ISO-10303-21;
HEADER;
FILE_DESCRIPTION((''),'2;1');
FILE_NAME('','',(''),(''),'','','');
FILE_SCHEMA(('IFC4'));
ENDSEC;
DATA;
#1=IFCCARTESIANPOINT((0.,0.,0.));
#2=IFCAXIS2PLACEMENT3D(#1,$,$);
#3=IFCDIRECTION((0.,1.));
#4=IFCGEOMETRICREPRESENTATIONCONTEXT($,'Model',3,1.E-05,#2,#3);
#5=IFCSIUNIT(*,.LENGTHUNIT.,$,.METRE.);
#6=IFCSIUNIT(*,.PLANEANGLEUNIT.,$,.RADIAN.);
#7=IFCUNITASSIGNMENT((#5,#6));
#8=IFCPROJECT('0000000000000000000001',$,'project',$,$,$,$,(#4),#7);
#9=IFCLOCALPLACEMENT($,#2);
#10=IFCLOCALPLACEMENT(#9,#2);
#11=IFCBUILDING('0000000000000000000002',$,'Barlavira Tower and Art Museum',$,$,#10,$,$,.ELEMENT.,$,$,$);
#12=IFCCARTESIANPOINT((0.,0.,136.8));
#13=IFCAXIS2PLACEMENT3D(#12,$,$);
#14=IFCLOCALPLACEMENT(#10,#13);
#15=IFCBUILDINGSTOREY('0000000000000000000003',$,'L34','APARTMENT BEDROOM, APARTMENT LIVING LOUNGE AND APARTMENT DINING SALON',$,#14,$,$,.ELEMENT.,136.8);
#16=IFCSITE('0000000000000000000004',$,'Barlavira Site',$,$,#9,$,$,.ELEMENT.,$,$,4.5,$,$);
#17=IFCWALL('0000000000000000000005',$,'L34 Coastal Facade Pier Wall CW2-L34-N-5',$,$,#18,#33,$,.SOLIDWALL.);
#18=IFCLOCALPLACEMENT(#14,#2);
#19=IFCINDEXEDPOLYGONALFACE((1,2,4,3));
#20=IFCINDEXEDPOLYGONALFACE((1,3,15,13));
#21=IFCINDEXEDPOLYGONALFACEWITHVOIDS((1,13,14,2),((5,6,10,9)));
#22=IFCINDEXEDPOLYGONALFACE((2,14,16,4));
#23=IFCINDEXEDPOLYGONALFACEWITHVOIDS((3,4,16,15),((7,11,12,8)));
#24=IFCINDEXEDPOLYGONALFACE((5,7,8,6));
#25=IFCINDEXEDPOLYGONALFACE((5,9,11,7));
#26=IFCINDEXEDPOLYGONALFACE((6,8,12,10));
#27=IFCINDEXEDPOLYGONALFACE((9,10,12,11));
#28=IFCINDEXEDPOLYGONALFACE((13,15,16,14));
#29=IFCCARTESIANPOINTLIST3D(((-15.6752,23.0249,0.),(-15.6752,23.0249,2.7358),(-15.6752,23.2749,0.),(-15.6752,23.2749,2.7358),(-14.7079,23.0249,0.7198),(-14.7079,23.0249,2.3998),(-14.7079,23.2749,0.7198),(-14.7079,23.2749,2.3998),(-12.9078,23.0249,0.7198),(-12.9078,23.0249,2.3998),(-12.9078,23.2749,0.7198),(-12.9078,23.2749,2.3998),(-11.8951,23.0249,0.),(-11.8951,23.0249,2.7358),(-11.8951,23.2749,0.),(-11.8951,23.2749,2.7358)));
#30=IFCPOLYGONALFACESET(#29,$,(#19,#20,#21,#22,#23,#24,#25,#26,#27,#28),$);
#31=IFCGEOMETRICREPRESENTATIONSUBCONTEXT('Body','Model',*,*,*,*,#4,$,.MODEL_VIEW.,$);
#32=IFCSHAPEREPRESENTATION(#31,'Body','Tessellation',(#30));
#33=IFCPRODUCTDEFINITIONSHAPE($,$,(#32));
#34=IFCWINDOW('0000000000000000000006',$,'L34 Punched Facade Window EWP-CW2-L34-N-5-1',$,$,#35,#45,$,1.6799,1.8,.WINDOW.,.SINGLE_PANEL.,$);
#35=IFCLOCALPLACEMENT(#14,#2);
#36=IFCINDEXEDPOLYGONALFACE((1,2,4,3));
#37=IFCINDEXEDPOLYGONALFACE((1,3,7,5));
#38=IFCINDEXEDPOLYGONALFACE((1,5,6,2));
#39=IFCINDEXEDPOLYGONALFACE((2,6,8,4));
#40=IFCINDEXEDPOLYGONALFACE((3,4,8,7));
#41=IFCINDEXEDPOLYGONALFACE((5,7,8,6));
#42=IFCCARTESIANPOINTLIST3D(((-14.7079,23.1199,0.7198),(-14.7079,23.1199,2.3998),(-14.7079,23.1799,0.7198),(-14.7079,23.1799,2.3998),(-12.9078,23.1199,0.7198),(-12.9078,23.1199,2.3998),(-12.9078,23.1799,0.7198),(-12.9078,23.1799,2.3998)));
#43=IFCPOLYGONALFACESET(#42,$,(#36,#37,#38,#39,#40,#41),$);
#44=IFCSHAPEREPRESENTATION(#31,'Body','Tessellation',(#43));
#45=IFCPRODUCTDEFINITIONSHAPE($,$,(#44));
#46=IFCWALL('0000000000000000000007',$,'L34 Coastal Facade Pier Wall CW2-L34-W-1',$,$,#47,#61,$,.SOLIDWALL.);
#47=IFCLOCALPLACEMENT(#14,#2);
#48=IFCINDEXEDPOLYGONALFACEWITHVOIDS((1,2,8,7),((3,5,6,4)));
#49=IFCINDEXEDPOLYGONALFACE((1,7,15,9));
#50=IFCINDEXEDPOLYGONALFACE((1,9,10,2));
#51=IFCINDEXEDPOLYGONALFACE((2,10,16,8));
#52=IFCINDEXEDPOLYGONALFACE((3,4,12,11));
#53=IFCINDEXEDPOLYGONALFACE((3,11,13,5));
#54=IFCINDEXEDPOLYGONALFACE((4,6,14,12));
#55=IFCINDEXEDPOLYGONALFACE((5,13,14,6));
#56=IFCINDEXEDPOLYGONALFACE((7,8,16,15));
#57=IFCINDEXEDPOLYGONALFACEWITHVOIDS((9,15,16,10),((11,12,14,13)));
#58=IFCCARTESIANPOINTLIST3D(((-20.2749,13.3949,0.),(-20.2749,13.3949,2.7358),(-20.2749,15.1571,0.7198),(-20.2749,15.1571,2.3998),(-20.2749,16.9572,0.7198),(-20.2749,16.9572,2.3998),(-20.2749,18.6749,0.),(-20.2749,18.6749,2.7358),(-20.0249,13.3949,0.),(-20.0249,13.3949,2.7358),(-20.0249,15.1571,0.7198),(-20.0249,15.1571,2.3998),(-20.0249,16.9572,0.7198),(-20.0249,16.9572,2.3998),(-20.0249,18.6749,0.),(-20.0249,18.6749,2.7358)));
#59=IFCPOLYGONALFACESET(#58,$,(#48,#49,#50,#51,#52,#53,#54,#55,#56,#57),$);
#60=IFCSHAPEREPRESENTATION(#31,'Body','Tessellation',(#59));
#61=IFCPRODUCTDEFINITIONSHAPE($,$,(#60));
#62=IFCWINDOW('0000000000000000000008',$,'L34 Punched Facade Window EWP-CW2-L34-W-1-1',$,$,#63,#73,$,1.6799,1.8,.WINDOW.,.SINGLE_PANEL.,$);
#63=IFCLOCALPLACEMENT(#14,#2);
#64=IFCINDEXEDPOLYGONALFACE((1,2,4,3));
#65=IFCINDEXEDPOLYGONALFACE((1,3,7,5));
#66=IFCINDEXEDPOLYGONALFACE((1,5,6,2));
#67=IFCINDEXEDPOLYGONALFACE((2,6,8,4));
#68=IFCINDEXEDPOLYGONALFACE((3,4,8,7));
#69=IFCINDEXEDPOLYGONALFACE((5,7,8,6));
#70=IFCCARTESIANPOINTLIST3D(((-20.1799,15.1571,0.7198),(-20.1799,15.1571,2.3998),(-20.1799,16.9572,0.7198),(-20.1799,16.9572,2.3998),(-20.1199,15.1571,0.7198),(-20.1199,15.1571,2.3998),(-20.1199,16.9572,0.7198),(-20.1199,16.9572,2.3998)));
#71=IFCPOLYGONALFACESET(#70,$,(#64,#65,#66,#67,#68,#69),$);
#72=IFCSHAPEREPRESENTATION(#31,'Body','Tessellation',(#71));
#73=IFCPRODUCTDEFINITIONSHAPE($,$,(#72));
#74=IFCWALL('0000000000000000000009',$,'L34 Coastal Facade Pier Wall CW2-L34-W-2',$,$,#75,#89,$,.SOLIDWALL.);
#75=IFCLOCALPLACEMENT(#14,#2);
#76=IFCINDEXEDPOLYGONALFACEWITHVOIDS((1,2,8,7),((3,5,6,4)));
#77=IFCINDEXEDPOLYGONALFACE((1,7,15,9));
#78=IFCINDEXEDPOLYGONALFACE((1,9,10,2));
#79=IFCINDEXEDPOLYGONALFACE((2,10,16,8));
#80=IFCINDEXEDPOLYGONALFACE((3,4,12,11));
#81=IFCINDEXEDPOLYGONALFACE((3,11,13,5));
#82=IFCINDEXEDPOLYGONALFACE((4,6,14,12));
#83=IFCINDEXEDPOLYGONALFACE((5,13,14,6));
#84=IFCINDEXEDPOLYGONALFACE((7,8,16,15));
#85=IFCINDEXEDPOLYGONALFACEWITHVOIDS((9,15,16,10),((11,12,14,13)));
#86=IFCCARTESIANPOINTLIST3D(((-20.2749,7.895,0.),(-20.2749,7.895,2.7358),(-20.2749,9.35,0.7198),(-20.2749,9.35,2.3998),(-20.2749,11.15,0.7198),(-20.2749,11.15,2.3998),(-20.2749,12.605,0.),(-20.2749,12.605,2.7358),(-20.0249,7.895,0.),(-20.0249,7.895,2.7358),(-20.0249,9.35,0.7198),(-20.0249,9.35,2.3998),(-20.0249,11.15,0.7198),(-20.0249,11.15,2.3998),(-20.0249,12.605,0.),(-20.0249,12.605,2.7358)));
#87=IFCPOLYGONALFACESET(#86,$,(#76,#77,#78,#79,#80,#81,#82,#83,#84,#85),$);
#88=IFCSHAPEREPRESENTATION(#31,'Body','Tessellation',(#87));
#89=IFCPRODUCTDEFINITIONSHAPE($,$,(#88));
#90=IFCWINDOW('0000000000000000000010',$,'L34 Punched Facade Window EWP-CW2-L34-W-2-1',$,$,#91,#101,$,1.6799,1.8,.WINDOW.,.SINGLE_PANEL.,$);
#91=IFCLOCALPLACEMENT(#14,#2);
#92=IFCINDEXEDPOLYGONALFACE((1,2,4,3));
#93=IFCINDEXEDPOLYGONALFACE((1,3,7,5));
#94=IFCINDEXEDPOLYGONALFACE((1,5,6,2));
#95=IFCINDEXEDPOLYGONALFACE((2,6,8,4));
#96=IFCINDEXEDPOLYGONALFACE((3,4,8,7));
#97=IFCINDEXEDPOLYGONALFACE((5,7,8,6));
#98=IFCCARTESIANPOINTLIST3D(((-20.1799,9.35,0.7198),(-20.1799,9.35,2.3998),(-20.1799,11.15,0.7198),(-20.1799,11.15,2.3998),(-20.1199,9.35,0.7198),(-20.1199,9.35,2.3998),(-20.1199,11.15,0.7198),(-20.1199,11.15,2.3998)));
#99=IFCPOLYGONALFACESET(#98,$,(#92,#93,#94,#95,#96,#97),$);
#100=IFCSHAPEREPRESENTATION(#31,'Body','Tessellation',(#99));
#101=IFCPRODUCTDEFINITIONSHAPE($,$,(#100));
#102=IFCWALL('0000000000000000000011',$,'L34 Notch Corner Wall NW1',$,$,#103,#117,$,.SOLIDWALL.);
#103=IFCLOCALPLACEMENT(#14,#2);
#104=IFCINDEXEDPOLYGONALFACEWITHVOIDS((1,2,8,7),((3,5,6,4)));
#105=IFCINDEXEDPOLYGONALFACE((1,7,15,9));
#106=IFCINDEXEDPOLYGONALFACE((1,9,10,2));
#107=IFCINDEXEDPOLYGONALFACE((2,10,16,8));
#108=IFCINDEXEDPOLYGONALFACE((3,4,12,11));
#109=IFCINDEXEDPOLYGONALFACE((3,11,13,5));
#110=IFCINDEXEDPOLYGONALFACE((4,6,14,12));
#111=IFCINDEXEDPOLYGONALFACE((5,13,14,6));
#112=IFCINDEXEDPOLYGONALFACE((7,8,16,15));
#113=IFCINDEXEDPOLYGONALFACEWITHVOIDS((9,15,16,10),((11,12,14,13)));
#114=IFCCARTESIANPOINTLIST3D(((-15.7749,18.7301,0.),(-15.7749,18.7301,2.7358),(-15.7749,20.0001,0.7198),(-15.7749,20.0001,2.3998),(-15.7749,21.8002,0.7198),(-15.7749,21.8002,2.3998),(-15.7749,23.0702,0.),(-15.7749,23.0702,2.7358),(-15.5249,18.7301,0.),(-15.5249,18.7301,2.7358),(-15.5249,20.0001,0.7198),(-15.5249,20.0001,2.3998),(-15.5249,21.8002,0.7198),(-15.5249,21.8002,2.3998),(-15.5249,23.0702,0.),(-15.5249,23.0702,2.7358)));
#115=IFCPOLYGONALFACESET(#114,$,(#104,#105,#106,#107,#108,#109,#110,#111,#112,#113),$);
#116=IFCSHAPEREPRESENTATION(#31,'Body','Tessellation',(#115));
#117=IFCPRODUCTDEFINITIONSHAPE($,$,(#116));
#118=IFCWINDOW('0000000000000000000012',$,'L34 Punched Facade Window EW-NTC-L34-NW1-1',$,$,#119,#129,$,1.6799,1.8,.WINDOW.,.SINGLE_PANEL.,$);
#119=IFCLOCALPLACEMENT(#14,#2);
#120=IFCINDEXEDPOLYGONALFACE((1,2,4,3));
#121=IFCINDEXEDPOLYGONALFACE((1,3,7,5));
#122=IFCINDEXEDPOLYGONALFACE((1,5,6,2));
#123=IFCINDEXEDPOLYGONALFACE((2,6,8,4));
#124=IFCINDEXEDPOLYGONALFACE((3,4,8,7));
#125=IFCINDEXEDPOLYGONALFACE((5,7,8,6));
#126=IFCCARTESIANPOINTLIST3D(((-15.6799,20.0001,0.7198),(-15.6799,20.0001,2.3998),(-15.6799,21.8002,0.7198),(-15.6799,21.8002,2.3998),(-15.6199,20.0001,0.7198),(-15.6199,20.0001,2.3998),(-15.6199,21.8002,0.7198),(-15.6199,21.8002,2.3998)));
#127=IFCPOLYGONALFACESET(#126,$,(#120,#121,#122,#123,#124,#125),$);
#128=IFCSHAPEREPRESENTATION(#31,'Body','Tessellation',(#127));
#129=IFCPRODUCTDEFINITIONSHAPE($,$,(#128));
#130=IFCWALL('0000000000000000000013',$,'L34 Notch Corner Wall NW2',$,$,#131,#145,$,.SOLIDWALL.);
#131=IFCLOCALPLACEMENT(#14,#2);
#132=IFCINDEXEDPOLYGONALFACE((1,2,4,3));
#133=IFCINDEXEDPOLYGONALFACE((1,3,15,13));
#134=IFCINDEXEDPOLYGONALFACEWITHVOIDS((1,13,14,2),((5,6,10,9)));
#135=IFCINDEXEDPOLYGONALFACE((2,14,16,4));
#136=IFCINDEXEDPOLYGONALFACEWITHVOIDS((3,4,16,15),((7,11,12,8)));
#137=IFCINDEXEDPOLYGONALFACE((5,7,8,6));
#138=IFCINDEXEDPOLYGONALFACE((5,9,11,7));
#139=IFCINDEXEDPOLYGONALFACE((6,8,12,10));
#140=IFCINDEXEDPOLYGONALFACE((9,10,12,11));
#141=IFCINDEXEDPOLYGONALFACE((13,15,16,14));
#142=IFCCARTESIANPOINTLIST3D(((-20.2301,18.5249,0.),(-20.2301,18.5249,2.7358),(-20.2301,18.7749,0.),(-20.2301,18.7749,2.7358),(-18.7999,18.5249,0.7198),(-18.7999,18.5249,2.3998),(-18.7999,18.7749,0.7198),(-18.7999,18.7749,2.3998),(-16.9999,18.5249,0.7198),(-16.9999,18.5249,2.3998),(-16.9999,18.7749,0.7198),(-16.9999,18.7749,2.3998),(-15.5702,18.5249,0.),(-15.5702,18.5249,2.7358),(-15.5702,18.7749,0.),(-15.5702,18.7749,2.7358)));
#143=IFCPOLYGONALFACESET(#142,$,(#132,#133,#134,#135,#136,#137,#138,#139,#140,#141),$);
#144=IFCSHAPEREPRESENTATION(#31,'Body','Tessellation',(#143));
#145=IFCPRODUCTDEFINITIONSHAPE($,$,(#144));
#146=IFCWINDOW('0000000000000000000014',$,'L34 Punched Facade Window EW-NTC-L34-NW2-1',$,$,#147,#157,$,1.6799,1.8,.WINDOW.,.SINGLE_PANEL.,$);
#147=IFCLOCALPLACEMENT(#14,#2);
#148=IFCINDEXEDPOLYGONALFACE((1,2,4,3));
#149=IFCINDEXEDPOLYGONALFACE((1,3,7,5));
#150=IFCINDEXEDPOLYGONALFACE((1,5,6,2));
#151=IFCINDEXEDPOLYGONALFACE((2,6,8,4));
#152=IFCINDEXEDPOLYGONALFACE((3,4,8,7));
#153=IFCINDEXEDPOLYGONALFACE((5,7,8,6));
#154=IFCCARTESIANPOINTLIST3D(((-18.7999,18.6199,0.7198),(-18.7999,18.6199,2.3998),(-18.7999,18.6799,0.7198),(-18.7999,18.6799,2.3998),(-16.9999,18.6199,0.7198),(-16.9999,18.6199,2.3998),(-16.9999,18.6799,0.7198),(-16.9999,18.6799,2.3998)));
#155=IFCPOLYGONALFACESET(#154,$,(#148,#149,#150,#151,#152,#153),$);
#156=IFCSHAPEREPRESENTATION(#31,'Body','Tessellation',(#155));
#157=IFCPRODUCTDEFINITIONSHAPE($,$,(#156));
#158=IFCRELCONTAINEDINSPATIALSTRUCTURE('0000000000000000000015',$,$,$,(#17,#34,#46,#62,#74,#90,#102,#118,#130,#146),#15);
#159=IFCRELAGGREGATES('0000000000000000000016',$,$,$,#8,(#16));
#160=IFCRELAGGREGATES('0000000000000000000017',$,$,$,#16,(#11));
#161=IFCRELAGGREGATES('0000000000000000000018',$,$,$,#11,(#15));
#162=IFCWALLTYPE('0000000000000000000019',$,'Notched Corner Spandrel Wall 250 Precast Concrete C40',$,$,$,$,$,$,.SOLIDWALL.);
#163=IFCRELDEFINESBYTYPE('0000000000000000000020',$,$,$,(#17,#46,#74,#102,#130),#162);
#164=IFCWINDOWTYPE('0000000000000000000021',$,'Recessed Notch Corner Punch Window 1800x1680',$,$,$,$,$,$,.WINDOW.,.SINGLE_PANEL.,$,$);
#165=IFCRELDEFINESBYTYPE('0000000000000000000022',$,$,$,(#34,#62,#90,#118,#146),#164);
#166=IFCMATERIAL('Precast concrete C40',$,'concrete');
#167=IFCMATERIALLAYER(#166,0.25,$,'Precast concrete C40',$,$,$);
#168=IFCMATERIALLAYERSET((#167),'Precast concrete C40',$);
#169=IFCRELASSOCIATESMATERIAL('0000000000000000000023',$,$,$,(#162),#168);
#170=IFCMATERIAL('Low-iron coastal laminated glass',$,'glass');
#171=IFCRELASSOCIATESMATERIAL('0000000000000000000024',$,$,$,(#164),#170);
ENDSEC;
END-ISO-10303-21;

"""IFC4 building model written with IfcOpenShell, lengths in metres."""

from ifc_helpers import new_model, si_unit, direction, frame, frame_2d, origin, place, context, subcontext, project, spatial, rectangle, extrude, material, layer, layer_set, type_object, element, fill, save


model = new_model("IFC4")

# Units and contexts
model_context = context("Model", 3, precision=1e-05, world=origin(), true_north=direction((0.0, 1.0)))
body_context = subcontext(model_context, "Body", "Model", "MODEL_VIEW")
ifc_project = project(units=[si_unit("LENGTHUNIT", "METRE"), si_unit("PLANEANGLEUNIT", "RADIAN")], contexts=[model_context])

# Site, building, storey
site_placement = place(None, origin())
site = spatial("IfcSite", under=ifc_project, at=site_placement, Name="Barlavira Site", CompositionType="ELEMENT", RefElevation=4.5)
building_placement = place(site_placement, origin())
building = spatial("IfcBuilding", under=site, at=building_placement, Name="Barlavira Tower and Art Museum", CompositionType="ELEMENT")
storey_placement = place(building_placement, frame((0.0, 0.0, 136.8)))
storey = spatial("IfcBuildingStorey", under=building, at=storey_placement, Name="L34", Description="APARTMENT BEDROOM, APARTMENT LIVING LOUNGE AND APARTMENT DINING SALON", CompositionType="ELEMENT", Elevation=136.8)

# Walls, openings, windows
ifc_material_1 = material(Name="Precast concrete C40", Category="concrete")
ifc_layer_1 = layer(ifc_material_1, 0.25, Name="Precast concrete C40")
ifc_layer_set_1 = layer_set([ifc_layer_1], Name="Precast concrete C40")
wall_type_1 = type_object("IfcWallType", Name="Notched Corner Spandrel Wall 250 Precast Concrete C40", PredefinedType="SOLIDWALL", material=ifc_layer_set_1)
wall_1_placement = place(storey_placement, frame((-11.895, 23.1499, 0.0), z_axis=(0.0, 0.0, 1.0), x_axis=(-1.0, 0.0, 0.0)))
wall_1 = element("IfcWall", 1, at=wall_1_placement, inside=storey, type_object=wall_type_1, Name="L34 Coastal Facade Pier Wall CW2-L34-N-5", PredefinedType="SOLIDWALL", context=body_context, shape_type="SweptSolid", body=[
    extrude(rectangle(XDim=3.78, YDim=0.25, at=frame_2d((1.8901, 0.0))), origin(), (0.0, 0.0, 1.0), 2.7358),
])
opening_1_placement = place(wall_1_placement, frame((1.0129, 0.0, 0.72)))
opening_1 = element("IfcOpeningElement", 2, at=opening_1_placement, cuts=wall_1, PredefinedType="OPENING", context=body_context, shape_type="SweptSolid", body=[
    extrude(rectangle(XDim=1.8, YDim=1.6799, at=frame_2d((0.8999, 0.8398))), frame((0.0, 0.135, 0.0), z_axis=(0.0, -1.0, 0.0), x_axis=(1.0, 0.0, 0.0)), (0.0, 0.0, 1.0), 0.27),
])
ifc_material_2 = material(Name="Low-iron coastal laminated glass", Category="glass")
window_type = type_object("IfcWindowType", Name="Recessed Notch Corner Punch Window 1800x1680", PartitioningType="SINGLE_PANEL", PredefinedType="WINDOW", material=ifc_material_2)
window_1_placement = place(opening_1_placement, origin())
window_1 = element("IfcWindow", 3, at=window_1_placement, inside=storey, type_object=window_type, Name="L34 Punched Facade Window EWP-CW2-L34-N-5-1", OverallHeight=1.6799, OverallWidth=1.8, PartitioningType="SINGLE_PANEL", PredefinedType="WINDOW", context=body_context, shape_type="SweptSolid", body=[
    extrude(rectangle(XDim=1.8, YDim=1.6799, at=frame_2d((0.8999, 0.8398))), frame((0.0, 0.03, 0.0), z_axis=(0.0, -1.0, 0.0), x_axis=(1.0, 0.0, 0.0)), (0.0, 0.0, 1.0), 0.0601),
])
fill(opening_1, window_1)
wall_2_placement = place(storey_placement, frame((-20.1499, 18.675, 0.0), z_axis=(0.0, 0.0, 1.0), x_axis=(0.0, -1.0, 0.0)))
wall_2 = element("IfcWall", 4, at=wall_2_placement, inside=storey, type_object=wall_type_1, Name="L34 Coastal Facade Pier Wall CW2-L34-W-1", PredefinedType="SOLIDWALL", context=body_context, shape_type="SweptSolid", body=[
    extrude(rectangle(XDim=5.28, YDim=0.25, at=frame_2d((2.6401, 0.0))), origin(), (0.0, 0.0, 1.0), 2.7358),
])
opening_2_placement = place(wall_2_placement, frame((1.718, 0.0, 0.72)))
opening_2 = element("IfcOpeningElement", 5, at=opening_2_placement, cuts=wall_2, PredefinedType="OPENING", context=body_context, shape_type="SweptSolid", body=[
    extrude(rectangle(XDim=1.8, YDim=1.6799, at=frame_2d((0.8999, 0.8398))), frame((0.0, 0.135, 0.0), z_axis=(0.0, -1.0, 0.0), x_axis=(1.0, 0.0, 0.0)), (0.0, 0.0, 1.0), 0.27),
])
window_2_placement = place(opening_2_placement, origin())
window_2 = element("IfcWindow", 6, at=window_2_placement, inside=storey, type_object=window_type, Name="L34 Punched Facade Window EWP-CW2-L34-W-1-1", OverallHeight=1.6799, OverallWidth=1.8, PartitioningType="SINGLE_PANEL", PredefinedType="WINDOW", context=body_context, shape_type="SweptSolid", body=[
    extrude(rectangle(XDim=1.8, YDim=1.6799, at=frame_2d((0.8999, 0.8398))), frame((0.0, 0.03, 0.0), z_axis=(0.0, -1.0, 0.0), x_axis=(1.0, 0.0, 0.0)), (0.0, 0.0, 1.0), 0.0601),
])
fill(opening_2, window_2)
wall_3_placement = place(storey_placement, frame((-20.1499, 12.605, 0.0), z_axis=(0.0, 0.0, 1.0), x_axis=(0.0, -1.0, 0.0)))
wall_3 = element("IfcWall", 7, at=wall_3_placement, inside=storey, type_object=wall_type_1, Name="L34 Coastal Facade Pier Wall CW2-L34-W-2", PredefinedType="SOLIDWALL", context=body_context, shape_type="SweptSolid", body=[
    extrude(rectangle(XDim=4.71, YDim=0.25, at=frame_2d((2.355, 0.0))), origin(), (0.0, 0.0, 1.0), 2.7358),
])
opening_3_placement = place(wall_3_placement, frame((1.4551, 0.0, 0.72)))
opening_3 = element("IfcOpeningElement", 8, at=opening_3_placement, cuts=wall_3, PredefinedType="OPENING", context=body_context, shape_type="SweptSolid", body=[
    extrude(rectangle(XDim=1.8, YDim=1.6799, at=frame_2d((0.8999, 0.8398))), frame((0.0, 0.135, 0.0), z_axis=(0.0, -1.0, 0.0), x_axis=(1.0, 0.0, 0.0)), (0.0, 0.0, 1.0), 0.27),
])
window_3_placement = place(opening_3_placement, origin())
window_3 = element("IfcWindow", 9, at=window_3_placement, inside=storey, type_object=window_type, Name="L34 Punched Facade Window EWP-CW2-L34-W-2-1", OverallHeight=1.6799, OverallWidth=1.8, PartitioningType="SINGLE_PANEL", PredefinedType="WINDOW", context=body_context, shape_type="SweptSolid", body=[
    extrude(rectangle(XDim=1.8, YDim=1.6799, at=frame_2d((0.8999, 0.8398))), frame((0.0, 0.03, 0.0), z_axis=(0.0, -1.0, 0.0), x_axis=(1.0, 0.0, 0.0)), (0.0, 0.0, 1.0), 0.0601),
])
fill(opening_3, window_3)
wall_4_placement = place(storey_placement, frame((-15.6499, 23.0701, 0.0), z_axis=(0.0, 0.0, 1.0), x_axis=(0.0, -1.0, 0.0)))
wall_4 = element("IfcWall", 10, at=wall_4_placement, inside=storey, type_object=wall_type_1, Name="L34 Notch Corner Wall NW1", PredefinedType="SOLIDWALL", context=body_context, shape_type="SweptSolid", body=[
    extrude(rectangle(XDim=4.3401, YDim=0.25, at=frame_2d((2.1699, 0.0))), origin(), (0.0, 0.0, 1.0), 2.7358),
])
opening_4_placement = place(wall_4_placement, frame((1.27, 0.0, 0.72)))
opening_4 = element("IfcOpeningElement", 11, at=opening_4_placement, cuts=wall_4, PredefinedType="OPENING", context=body_context, shape_type="SweptSolid", body=[
    extrude(rectangle(XDim=1.8, YDim=1.6799, at=frame_2d((0.8999, 0.8398))), frame((0.0, 0.135, 0.0), z_axis=(0.0, -1.0, 0.0), x_axis=(1.0, 0.0, 0.0)), (0.0, 0.0, 1.0), 0.27),
])
window_4_placement = place(opening_4_placement, origin())
window_4 = element("IfcWindow", 12, at=window_4_placement, inside=storey, type_object=window_type, Name="L34 Punched Facade Window EW-NTC-L34-NW1-1", OverallHeight=1.6799, OverallWidth=1.8, PartitioningType="SINGLE_PANEL", PredefinedType="WINDOW", context=body_context, shape_type="SweptSolid", body=[
    extrude(rectangle(XDim=1.8, YDim=1.6799, at=frame_2d((0.8999, 0.8398))), frame((0.0, 0.03, 0.0), z_axis=(0.0, -1.0, 0.0), x_axis=(1.0, 0.0, 0.0)), (0.0, 0.0, 1.0), 0.0601),
])
fill(opening_4, window_4)
wall_5_placement = place(storey_placement, frame((-15.5701, 18.6499, 0.0), z_axis=(0.0, 0.0, 1.0), x_axis=(-1.0, 0.0, 0.0)))
wall_5 = element("IfcWall", 13, at=wall_5_placement, inside=storey, type_object=wall_type_1, Name="L34 Notch Corner Wall NW2", PredefinedType="SOLIDWALL", context=body_context, shape_type="SweptSolid", body=[
    extrude(rectangle(XDim=4.6599, YDim=0.25, at=frame_2d((2.3301, 0.0))), origin(), (0.0, 0.0, 1.0), 2.7358),
])
opening_5_placement = place(wall_5_placement, frame((1.4299, 0.0, 0.72)))
opening_5 = element("IfcOpeningElement", 14, at=opening_5_placement, cuts=wall_5, PredefinedType="OPENING", context=body_context, shape_type="SweptSolid", body=[
    extrude(rectangle(XDim=1.8, YDim=1.6799, at=frame_2d((0.8999, 0.8398))), frame((0.0, 0.135, 0.0), z_axis=(0.0, -1.0, 0.0), x_axis=(1.0, 0.0, 0.0)), (0.0, 0.0, 1.0), 0.27),
])
window_5_placement = place(opening_5_placement, origin())
window_5 = element("IfcWindow", 15, at=window_5_placement, inside=storey, type_object=window_type, Name="L34 Punched Facade Window EW-NTC-L34-NW2-1", OverallHeight=1.6799, OverallWidth=1.8, PartitioningType="SINGLE_PANEL", PredefinedType="WINDOW", context=body_context, shape_type="SweptSolid", body=[
    extrude(rectangle(XDim=1.8, YDim=1.6799, at=frame_2d((0.8999, 0.8398))), frame((0.0, 0.03, 0.0), z_axis=(0.0, -1.0, 0.0), x_axis=(1.0, 0.0, 0.0)), (0.0, 0.0, 1.0), 0.0601),
])
fill(opening_5, window_5)

save(model, "model.ifc")
